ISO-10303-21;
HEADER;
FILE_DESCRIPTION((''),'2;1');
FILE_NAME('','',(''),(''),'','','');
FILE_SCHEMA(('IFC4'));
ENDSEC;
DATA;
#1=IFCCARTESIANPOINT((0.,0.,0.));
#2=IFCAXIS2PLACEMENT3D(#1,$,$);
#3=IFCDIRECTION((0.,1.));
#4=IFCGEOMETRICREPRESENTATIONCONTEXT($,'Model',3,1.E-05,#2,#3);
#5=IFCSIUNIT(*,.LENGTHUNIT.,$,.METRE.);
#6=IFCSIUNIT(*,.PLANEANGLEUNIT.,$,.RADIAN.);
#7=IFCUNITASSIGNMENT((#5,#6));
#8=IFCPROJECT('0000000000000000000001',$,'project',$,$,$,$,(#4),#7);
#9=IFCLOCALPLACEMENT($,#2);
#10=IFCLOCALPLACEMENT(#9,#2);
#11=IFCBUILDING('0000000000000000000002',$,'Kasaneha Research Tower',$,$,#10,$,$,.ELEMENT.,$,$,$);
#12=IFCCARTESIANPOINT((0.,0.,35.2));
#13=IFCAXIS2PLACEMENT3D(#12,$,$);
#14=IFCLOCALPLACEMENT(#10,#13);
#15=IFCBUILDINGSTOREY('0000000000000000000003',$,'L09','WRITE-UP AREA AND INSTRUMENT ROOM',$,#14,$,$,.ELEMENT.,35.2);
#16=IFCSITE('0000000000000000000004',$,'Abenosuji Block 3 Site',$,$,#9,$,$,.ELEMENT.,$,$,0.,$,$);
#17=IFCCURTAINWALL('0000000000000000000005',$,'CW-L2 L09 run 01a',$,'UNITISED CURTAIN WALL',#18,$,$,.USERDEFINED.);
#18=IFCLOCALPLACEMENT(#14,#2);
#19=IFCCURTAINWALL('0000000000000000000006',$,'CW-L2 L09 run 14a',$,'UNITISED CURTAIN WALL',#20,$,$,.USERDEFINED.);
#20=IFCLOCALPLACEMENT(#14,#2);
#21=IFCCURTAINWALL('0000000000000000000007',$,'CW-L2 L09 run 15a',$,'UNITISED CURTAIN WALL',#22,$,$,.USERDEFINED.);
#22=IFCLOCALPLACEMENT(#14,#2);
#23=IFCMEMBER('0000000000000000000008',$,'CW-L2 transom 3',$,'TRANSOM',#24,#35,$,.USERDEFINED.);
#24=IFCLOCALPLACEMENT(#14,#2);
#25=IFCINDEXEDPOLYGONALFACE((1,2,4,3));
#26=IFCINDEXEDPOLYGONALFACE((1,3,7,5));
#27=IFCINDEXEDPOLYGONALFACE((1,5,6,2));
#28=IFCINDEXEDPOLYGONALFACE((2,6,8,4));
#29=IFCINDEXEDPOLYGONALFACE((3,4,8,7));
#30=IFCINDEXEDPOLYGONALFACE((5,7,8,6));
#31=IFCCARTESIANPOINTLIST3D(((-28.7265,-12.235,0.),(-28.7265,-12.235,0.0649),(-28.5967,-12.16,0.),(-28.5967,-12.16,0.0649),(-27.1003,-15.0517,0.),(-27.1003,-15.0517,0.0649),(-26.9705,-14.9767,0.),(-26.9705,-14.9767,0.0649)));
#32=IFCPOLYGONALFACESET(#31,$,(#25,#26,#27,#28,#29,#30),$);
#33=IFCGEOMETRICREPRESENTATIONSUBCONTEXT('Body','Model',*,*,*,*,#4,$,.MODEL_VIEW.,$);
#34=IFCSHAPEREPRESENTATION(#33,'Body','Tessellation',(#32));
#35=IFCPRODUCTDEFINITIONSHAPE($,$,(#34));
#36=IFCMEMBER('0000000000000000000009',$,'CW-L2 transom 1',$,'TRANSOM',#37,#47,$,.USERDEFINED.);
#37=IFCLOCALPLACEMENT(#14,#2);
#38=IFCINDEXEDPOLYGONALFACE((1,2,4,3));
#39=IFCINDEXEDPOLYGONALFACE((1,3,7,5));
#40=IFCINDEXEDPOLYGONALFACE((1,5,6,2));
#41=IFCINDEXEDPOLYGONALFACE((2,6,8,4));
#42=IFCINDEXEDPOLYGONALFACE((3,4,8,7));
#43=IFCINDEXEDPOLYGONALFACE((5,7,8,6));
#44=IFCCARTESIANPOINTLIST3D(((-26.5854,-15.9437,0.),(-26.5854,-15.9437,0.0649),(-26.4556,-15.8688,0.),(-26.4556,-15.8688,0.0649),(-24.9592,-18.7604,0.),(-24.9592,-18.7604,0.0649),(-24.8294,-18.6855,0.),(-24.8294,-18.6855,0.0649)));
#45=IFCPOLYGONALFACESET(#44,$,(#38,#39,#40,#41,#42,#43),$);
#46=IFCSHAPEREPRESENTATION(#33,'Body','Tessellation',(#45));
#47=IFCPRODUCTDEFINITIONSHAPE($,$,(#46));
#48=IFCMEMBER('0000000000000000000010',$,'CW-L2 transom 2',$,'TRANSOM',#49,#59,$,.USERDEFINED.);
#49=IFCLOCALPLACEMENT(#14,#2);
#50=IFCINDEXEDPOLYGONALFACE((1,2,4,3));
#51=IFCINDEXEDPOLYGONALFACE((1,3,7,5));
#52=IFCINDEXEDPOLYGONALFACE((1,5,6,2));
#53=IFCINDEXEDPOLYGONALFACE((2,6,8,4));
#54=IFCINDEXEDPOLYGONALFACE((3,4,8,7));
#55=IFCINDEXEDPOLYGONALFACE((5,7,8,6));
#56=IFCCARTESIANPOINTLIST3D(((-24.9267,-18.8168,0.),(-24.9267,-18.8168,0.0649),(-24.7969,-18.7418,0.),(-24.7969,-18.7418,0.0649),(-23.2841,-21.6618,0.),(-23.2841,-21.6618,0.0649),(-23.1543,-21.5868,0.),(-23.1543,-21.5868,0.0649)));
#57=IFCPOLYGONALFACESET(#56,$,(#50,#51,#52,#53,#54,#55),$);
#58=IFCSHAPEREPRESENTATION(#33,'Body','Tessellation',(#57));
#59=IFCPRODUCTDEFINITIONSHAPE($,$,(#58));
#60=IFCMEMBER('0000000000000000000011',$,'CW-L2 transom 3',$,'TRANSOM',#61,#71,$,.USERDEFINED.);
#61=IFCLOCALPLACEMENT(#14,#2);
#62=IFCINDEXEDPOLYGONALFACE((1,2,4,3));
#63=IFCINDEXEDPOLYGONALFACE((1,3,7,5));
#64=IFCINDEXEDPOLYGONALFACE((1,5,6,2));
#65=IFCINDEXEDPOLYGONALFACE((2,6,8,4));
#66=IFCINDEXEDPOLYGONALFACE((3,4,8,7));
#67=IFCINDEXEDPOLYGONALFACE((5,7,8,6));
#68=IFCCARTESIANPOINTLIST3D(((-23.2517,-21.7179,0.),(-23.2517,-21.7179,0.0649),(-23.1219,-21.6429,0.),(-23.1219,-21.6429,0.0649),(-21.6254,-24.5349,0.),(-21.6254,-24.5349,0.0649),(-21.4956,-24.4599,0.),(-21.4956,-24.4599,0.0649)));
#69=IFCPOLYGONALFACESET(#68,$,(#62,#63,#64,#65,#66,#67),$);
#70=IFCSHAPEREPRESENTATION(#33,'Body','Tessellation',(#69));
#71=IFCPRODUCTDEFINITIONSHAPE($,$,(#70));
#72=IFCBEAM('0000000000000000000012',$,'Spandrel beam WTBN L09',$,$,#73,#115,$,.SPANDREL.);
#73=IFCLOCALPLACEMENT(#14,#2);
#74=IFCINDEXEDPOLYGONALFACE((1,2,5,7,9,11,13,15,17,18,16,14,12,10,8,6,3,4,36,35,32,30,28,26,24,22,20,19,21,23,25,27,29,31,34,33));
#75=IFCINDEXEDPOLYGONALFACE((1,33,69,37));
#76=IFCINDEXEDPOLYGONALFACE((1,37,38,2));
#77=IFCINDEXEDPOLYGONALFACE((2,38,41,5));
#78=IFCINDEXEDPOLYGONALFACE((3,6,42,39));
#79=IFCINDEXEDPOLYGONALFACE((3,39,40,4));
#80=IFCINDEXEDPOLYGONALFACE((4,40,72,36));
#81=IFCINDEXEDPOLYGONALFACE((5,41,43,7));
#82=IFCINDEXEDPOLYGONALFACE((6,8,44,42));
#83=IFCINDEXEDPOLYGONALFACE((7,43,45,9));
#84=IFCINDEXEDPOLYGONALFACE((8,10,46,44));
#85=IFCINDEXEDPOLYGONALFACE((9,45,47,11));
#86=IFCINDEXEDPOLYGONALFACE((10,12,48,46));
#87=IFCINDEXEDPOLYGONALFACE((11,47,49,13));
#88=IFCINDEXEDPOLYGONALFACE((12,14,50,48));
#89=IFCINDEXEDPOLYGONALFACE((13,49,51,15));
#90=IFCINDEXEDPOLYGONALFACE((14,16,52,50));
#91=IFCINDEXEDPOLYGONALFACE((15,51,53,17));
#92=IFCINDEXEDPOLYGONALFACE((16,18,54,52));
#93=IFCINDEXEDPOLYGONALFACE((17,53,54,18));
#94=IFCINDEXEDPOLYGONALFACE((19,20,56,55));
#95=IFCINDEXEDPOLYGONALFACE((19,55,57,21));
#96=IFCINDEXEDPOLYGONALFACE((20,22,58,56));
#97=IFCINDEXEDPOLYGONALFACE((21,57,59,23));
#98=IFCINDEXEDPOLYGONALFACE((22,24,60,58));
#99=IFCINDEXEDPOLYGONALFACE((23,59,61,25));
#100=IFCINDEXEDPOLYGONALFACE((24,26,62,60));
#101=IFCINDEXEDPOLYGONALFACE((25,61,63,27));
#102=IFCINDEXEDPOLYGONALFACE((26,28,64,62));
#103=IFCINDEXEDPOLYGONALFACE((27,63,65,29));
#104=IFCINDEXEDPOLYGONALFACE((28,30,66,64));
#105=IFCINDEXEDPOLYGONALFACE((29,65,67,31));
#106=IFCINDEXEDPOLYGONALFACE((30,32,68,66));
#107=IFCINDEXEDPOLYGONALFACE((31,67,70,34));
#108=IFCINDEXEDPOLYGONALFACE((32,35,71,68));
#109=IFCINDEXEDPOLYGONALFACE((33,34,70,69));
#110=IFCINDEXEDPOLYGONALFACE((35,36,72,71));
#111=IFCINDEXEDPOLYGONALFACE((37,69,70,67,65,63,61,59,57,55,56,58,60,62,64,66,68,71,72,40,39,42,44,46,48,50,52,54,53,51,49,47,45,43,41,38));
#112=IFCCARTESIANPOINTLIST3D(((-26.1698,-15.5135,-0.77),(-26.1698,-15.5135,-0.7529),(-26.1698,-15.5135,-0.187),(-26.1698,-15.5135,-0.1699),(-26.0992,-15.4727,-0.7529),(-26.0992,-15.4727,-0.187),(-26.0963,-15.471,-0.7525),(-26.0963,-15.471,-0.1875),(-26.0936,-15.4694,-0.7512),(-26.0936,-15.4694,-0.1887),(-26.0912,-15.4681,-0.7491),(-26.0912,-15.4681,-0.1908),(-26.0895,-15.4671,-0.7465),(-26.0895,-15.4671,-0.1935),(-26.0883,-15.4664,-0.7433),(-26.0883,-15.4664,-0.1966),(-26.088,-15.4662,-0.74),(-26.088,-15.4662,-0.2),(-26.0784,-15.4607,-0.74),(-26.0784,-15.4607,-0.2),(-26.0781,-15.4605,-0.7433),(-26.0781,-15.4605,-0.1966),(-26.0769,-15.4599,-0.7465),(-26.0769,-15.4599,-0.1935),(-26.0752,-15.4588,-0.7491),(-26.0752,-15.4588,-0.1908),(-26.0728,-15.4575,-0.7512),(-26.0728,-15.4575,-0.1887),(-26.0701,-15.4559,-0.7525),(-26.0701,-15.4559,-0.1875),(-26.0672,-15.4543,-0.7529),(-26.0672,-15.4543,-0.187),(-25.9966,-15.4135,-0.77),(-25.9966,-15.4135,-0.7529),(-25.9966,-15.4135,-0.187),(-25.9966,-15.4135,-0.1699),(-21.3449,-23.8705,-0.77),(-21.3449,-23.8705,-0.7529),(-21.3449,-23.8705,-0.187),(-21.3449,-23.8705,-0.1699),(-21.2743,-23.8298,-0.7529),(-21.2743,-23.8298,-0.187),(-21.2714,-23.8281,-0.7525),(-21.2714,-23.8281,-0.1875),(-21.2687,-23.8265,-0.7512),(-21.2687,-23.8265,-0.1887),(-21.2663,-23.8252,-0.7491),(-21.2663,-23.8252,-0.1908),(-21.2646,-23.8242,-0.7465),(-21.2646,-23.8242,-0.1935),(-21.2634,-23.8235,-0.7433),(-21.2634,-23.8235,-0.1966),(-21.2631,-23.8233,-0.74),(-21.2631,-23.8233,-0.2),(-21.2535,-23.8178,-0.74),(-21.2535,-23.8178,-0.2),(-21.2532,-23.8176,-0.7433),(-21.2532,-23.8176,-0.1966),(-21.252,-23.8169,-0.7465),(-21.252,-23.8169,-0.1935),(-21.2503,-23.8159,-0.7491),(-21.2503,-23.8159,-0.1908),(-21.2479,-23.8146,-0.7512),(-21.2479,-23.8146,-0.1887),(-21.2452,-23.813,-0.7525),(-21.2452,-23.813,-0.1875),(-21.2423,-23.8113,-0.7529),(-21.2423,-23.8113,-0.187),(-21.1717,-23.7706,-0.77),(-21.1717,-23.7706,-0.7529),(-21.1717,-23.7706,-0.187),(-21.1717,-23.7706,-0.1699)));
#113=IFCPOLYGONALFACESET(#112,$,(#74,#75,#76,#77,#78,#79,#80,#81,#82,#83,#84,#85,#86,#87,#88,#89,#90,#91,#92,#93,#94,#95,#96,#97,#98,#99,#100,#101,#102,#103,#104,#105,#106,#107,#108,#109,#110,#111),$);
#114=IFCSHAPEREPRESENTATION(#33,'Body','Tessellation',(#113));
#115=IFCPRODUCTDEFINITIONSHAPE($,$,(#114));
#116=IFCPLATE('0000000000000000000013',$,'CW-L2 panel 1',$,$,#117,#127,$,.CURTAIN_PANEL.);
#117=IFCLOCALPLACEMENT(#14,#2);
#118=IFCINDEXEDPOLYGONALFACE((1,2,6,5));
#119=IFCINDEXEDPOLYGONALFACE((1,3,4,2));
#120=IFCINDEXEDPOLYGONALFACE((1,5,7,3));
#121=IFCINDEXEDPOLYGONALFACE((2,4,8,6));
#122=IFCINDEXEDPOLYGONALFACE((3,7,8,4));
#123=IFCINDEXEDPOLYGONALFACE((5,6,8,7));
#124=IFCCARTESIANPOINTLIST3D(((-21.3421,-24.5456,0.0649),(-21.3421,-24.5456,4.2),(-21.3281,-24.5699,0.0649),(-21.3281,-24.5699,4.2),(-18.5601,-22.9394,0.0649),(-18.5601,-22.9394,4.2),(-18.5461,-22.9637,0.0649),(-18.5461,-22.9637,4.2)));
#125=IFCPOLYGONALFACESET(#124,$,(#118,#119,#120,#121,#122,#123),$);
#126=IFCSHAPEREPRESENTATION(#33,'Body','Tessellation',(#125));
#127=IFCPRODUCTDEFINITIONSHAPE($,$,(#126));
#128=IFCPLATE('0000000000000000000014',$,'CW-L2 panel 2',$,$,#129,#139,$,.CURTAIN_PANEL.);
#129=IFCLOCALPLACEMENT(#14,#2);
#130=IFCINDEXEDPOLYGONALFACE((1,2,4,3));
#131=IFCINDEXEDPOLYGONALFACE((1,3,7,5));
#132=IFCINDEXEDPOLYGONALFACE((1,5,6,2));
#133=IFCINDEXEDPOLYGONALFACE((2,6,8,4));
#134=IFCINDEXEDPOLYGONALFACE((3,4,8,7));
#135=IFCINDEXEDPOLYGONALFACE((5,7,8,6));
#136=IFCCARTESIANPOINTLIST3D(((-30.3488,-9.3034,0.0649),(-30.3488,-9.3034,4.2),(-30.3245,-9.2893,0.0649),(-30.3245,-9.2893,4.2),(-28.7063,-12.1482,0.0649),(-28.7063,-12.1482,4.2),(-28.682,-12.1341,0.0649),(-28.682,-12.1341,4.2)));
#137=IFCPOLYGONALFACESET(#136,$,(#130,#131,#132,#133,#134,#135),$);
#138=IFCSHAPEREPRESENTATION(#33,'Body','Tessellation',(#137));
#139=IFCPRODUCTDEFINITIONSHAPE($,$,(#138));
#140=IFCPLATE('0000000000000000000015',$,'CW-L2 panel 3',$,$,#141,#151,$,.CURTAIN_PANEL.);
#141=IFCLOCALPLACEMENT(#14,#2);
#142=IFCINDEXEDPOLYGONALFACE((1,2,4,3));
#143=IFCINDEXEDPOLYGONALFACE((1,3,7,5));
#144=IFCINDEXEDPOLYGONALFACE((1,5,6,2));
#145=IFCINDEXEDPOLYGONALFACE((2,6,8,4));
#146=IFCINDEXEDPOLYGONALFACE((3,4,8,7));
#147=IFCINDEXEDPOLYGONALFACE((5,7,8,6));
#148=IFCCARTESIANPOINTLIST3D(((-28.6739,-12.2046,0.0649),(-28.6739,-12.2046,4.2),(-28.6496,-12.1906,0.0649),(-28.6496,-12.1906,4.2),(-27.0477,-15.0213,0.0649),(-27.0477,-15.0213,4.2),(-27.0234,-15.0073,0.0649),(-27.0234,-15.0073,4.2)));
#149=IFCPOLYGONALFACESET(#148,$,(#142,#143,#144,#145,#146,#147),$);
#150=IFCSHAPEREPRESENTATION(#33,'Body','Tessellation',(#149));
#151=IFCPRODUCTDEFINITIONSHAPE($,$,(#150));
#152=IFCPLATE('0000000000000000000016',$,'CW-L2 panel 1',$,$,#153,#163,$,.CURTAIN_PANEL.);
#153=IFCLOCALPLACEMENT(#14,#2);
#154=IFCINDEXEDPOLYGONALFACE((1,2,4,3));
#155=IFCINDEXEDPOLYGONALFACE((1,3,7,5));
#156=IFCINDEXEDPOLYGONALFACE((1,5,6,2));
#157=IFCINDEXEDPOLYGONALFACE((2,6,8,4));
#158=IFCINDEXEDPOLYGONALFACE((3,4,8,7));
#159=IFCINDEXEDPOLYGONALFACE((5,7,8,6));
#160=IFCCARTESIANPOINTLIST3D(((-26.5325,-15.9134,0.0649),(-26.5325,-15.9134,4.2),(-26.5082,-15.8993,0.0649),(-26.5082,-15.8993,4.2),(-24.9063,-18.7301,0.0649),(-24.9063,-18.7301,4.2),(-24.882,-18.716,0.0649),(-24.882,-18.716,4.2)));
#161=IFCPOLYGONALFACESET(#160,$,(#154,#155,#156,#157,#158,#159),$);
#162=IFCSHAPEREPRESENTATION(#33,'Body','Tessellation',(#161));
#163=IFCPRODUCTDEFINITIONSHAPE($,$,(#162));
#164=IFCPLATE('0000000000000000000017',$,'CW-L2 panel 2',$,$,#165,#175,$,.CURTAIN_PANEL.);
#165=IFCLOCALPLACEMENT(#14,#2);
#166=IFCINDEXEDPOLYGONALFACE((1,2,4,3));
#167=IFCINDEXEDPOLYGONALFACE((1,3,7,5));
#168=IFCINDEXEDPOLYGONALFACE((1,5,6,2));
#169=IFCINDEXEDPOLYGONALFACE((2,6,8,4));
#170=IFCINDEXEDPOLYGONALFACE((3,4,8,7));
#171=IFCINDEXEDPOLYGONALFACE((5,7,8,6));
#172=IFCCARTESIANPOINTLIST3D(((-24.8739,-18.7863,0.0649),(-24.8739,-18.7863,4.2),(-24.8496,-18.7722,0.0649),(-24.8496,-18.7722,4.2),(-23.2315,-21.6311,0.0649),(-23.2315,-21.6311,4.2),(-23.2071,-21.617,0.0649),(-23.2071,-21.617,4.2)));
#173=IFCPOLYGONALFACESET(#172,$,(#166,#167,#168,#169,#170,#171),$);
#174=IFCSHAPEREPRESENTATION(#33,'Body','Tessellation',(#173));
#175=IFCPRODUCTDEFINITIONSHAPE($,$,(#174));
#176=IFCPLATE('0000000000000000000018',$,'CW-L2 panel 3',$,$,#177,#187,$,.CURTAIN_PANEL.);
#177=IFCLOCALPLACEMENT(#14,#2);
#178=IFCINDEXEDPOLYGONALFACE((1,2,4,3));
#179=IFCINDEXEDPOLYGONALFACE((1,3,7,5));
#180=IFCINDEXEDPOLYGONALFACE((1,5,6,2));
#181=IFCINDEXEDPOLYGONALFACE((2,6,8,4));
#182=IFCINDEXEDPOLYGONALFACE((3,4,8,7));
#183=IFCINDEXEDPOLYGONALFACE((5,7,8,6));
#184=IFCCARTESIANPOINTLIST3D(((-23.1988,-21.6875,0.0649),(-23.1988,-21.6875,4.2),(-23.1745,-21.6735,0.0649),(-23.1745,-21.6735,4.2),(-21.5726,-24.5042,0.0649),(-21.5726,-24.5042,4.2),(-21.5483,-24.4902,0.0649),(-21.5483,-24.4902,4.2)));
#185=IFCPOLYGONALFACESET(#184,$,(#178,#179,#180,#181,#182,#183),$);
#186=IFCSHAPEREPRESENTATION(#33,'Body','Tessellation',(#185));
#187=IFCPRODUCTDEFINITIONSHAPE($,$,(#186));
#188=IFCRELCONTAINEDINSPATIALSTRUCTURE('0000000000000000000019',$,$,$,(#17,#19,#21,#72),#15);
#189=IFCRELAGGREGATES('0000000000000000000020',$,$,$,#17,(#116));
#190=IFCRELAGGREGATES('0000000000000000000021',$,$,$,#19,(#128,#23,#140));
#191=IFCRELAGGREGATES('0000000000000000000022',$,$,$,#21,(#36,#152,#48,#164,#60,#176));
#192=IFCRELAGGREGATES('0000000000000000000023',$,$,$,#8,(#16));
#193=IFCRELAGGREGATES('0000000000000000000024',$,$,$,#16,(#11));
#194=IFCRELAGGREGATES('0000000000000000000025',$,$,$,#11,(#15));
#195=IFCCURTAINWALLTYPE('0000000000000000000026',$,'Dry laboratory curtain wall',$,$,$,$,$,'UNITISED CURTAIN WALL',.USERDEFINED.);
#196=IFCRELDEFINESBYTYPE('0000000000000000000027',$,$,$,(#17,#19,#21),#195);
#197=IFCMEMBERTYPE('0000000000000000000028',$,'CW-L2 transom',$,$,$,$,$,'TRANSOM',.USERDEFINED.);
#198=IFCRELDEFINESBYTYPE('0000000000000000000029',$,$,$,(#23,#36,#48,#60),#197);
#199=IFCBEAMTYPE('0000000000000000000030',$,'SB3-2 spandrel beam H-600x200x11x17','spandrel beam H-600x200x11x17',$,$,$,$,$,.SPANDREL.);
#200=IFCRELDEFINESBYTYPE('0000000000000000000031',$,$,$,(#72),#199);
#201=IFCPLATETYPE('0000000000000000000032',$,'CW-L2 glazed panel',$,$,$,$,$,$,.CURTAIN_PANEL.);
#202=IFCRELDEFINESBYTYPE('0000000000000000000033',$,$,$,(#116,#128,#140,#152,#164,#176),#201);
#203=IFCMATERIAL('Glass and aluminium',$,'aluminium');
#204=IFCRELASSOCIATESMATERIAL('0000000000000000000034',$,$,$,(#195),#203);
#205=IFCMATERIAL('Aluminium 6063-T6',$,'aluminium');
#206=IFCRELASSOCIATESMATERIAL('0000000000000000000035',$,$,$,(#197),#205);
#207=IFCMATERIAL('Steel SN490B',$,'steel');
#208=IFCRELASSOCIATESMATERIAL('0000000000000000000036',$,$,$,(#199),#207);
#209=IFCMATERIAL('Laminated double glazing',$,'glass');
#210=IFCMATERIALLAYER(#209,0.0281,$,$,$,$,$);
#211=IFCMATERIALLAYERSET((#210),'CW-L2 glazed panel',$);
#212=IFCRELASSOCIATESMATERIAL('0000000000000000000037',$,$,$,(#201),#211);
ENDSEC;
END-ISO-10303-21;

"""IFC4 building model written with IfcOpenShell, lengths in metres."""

from ifc_helpers import new_model, si_unit, direction, frame, origin, origin_2d, place, context, subcontext, project, spatial, rectangle, i_section, extrude, material, layer, layer_set, material_profile, profile_set, type_object, element, aggregate, save


model = new_model("IFC4")

# Units and contexts
model_context = context("Model", 3, precision=1e-05, world=origin(), true_north=direction((0.0, 1.0)))
body_context = subcontext(model_context, "Body", "Model", "MODEL_VIEW")
ifc_project = project(units=[si_unit("LENGTHUNIT", "METRE"), si_unit("PLANEANGLEUNIT", "RADIAN")], contexts=[model_context])

# Site, building, storey
site_placement = place(None, origin())
site = spatial("IfcSite", under=ifc_project, at=site_placement, Name="Abenosuji Block 3 Site", CompositionType="ELEMENT", RefElevation=0.0)
building_placement = place(site_placement, origin())
building = spatial("IfcBuilding", under=site, at=building_placement, Name="Kasaneha Research Tower", CompositionType="ELEMENT")
storey_placement = place(building_placement, frame((0.0, 0.0, 35.2)))
storey = spatial("IfcBuildingStorey", under=building, at=storey_placement, Name="L09", Description="WRITE-UP AREA AND INSTRUMENT ROOM", CompositionType="ELEMENT", Elevation=35.2)

# Curtain wall
ifc_material_1 = material(Name="Glass and aluminium", Category="aluminium")
curtain_wall_type = type_object("IfcCurtainWallType", Name="Dry laboratory curtain wall", ElementType="UNITISED CURTAIN WALL", PredefinedType="USERDEFINED", material=ifc_material_1)
curtain_wall_1_placement = place(storey_placement, origin())
curtain_wall_1 = element("IfcCurtainWall", 1, at=curtain_wall_1_placement, inside=storey, type_object=curtain_wall_type, Name="CW-L2 L09 run 01a", ObjectType="UNITISED CURTAIN WALL", PredefinedType="USERDEFINED")

# Curtain walls
curtain_wall_2_placement = place(storey_placement, origin())
curtain_wall_2 = element("IfcCurtainWall", 2, at=curtain_wall_2_placement, inside=storey, type_object=curtain_wall_type, Name="CW-L2 L09 run 14a", ObjectType="UNITISED CURTAIN WALL", PredefinedType="USERDEFINED")
curtain_wall_3_placement = place(storey_placement, origin())
curtain_wall_3 = element("IfcCurtainWall", 3, at=curtain_wall_3_placement, inside=storey, type_object=curtain_wall_type, Name="CW-L2 L09 run 15a", ObjectType="UNITISED CURTAIN WALL", PredefinedType="USERDEFINED")

# Members
ifc_material_2 = material(Name="Aluminium 6063-T6", Category="aluminium")
ifc_material_profile_1 = material_profile(ifc_material_2, rectangle(XDim=0.1499, YDim=0.0649, at=origin_2d()), Name="CW-L2 transom 150x65")
ifc_profile_set_1 = profile_set([ifc_material_profile_1], Name="Aluminium 6063-T6")
member_type_1 = type_object("IfcMemberType", Name="CW-L2 transom", ElementType="TRANSOM", PredefinedType="USERDEFINED", material=ifc_profile_set_1)
member_1_placement = place(storey_placement, frame((-28.6616, -12.1975, 0.0325), z_axis=(0.500006, -0.866022, 0.0), x_axis=(0.866022, 0.500006, 0.0)))
member_1 = element("IfcMember", 4, at=member_1_placement, type_object=member_type_1, Name="CW-L2 transom 3", ObjectType="TRANSOM", PredefinedType="USERDEFINED", context=body_context, shape_type="SweptSolid", body=[
    extrude(rectangle(XDim=0.1499, YDim=0.0649, at=origin_2d()), origin(), (0.0, 0.0, 1.0), 3.2524),
])
member_2_placement = place(storey_placement, frame((-26.5205, -15.9062, 0.0325), z_axis=(0.500006, -0.866022, 0.0), x_axis=(0.866022, 0.500006, 0.0)))
member_2 = element("IfcMember", 5, at=member_2_placement, type_object=member_type_1, Name="CW-L2 transom 1", ObjectType="TRANSOM", PredefinedType="USERDEFINED", context=body_context, shape_type="SweptSolid", body=[
    extrude(rectangle(XDim=0.1499, YDim=0.0649, at=origin_2d()), origin(), (0.0, 0.0, 1.0), 3.2524),
])
member_3_placement = place(storey_placement, frame((-24.8618, -18.7793, 0.0325), z_axis=(0.500008, -0.866021, 0.0), x_axis=(0.866021, 0.500008, 0.0)))
member_3 = element("IfcMember", 6, at=member_3_placement, type_object=member_type_1, Name="CW-L2 transom 2", ObjectType="TRANSOM", PredefinedType="USERDEFINED", context=body_context, shape_type="SweptSolid", body=[
    extrude(rectangle(XDim=0.1499, YDim=0.0649, at=origin_2d()), origin(), (0.0, 0.0, 1.0), 3.2852),
])
member_4_placement = place(storey_placement, frame((-23.1868, -21.6804, 0.0325), z_axis=(0.499974, -0.866041, 0.0), x_axis=(0.866041, 0.499974, 0.0)))
member_4 = element("IfcMember", 7, at=member_4_placement, type_object=member_type_1, Name="CW-L2 transom 3", ObjectType="TRANSOM", PredefinedType="USERDEFINED", context=body_context, shape_type="SweptSolid", body=[
    extrude(rectangle(XDim=0.1499, YDim=0.0649, at=origin_2d()), origin(), (0.0, 0.0, 1.0), 3.2527),
])

# Beam
ifc_material_3 = material(Name="Steel SN490B", Category="steel")
ifc_material_profile_2 = material_profile(ifc_material_3, i_section(OverallWidth=0.2, OverallDepth=0.6001, WebThickness=0.011, FlangeThickness=0.0171, FilletRadius=0.0129, at=origin_2d()), Name="H-600x200x11x17")
ifc_profile_set_2 = profile_set([ifc_material_profile_2], Name="Steel SN490B")
beam_type_1 = type_object("IfcBeamType", Name="SB3-2 spandrel beam H-600x200x11x17", Description="spandrel beam H-600x200x11x17", PredefinedType="SPANDREL", material=ifc_profile_set_2)
beam_1_placement = place(storey_placement, frame((-21.2583, -23.8206, -0.47), z_axis=(-0.499995, 0.866028, 0.0), x_axis=(-0.866028, -0.499995, 0.0)))
element("IfcBeam", 8, at=beam_1_placement, inside=storey, type_object=beam_type_1, Name="Spandrel beam WTBN L09", PredefinedType="SPANDREL", context=body_context, shape_type="SweptSolid", body=[
    extrude(i_section(OverallWidth=0.2, OverallDepth=0.6001, WebThickness=0.011, FlangeThickness=0.0171, FilletRadius=0.0129, at=origin_2d()), origin(), (0.0, 0.0, 1.0), 9.6499),
])

# Plates
ifc_material_4 = material(Name="Laminated double glazing", Category="glass")
ifc_layer_1 = layer(ifc_material_4, 0.0281)
ifc_layer_set_1 = layer_set([ifc_layer_1], Name="CW-L2 glazed panel")
plate_type = type_object("IfcPlateType", Name="CW-L2 glazed panel", PredefinedType="CURTAIN_PANEL", material=ifc_layer_set_1)
plate_1_placement = place(storey_placement, frame((-19.9441, -23.7546, 0.0649), z_axis=(0.0, 0.0, 1.0), x_axis=(0.866025, 0.5, 0.0)))
plate_1 = element("IfcPlate", 9, at=plate_1_placement, type_object=plate_type, Name="CW-L2 panel 1", PredefinedType="CURTAIN_PANEL", context=body_context, shape_type="SweptSolid", body=[
    extrude(rectangle(XDim=3.2124, YDim=0.0281, at=origin_2d()), origin(), (0.0, 0.0, 1.0), 4.135),
])
aggregate(curtain_wall_1, [plate_1])
plate_2_placement = place(storey_placement, frame((-29.5154, -10.7188, 0.0649), z_axis=(0.0, 0.0, 1.0), x_axis=(0.5, -0.866025, 0.0)))
plate_2 = element("IfcPlate", 10, at=plate_2_placement, type_object=plate_type, Name="CW-L2 panel 2", PredefinedType="CURTAIN_PANEL", context=body_context, shape_type="SweptSolid", body=[
    extrude(rectangle(XDim=3.2849, YDim=0.0281, at=origin_2d()), origin(), (0.0, 0.0, 1.0), 4.135),
])
plate_3_placement = place(storey_placement, frame((-27.8486, -13.606, 0.0649), z_axis=(0.0, 0.0, 1.0), x_axis=(0.5, -0.866025, 0.0)))
plate_3 = element("IfcPlate", 11, at=plate_3_placement, type_object=plate_type, Name="CW-L2 panel 3", PredefinedType="CURTAIN_PANEL", context=body_context, shape_type="SweptSolid", body=[
    extrude(rectangle(XDim=3.2524, YDim=0.0281, at=origin_2d()), origin(), (0.0, 0.0, 1.0), 4.135),
])
aggregate(curtain_wall_2, [plate_2, member_1, plate_3])
plate_4_placement = place(storey_placement, frame((-25.7073, -17.3147, 0.0649), z_axis=(0.0, 0.0, 1.0), x_axis=(0.5, -0.866025, 0.0)))
plate_4 = element("IfcPlate", 12, at=plate_4_placement, type_object=plate_type, Name="CW-L2 panel 1", PredefinedType="CURTAIN_PANEL", context=body_context, shape_type="SweptSolid", body=[
    extrude(rectangle(XDim=3.2524, YDim=0.0281, at=origin_2d()), origin(), (0.0, 0.0, 1.0), 4.135),
])
plate_5_placement = place(storey_placement, frame((-24.0405, -20.2017, 0.0649), z_axis=(0.0, 0.0, 1.0), x_axis=(0.5, -0.866025, 0.0)))
plate_5 = element("IfcPlate", 13, at=plate_5_placement, type_object=plate_type, Name="CW-L2 panel 2", PredefinedType="CURTAIN_PANEL", context=body_context, shape_type="SweptSolid", body=[
    extrude(rectangle(XDim=3.2849, YDim=0.0281, at=origin_2d()), origin(), (0.0, 0.0, 1.0), 4.135),
])
plate_6_placement = place(storey_placement, frame((-22.3735, -23.0889, 0.0649), z_axis=(0.0, 0.0, 1.0), x_axis=(0.5, -0.866025, 0.0)))
plate_6 = element("IfcPlate", 14, at=plate_6_placement, type_object=plate_type, Name="CW-L2 panel 3", PredefinedType="CURTAIN_PANEL", context=body_context, shape_type="SweptSolid", body=[
    extrude(rectangle(XDim=3.2524, YDim=0.0281, at=origin_2d()), origin(), (0.0, 0.0, 1.0), 4.135),
])
aggregate(curtain_wall_3, [member_2, plate_4, member_3, plate_5, member_4, plate_6])

save(model, "model.ifc")
